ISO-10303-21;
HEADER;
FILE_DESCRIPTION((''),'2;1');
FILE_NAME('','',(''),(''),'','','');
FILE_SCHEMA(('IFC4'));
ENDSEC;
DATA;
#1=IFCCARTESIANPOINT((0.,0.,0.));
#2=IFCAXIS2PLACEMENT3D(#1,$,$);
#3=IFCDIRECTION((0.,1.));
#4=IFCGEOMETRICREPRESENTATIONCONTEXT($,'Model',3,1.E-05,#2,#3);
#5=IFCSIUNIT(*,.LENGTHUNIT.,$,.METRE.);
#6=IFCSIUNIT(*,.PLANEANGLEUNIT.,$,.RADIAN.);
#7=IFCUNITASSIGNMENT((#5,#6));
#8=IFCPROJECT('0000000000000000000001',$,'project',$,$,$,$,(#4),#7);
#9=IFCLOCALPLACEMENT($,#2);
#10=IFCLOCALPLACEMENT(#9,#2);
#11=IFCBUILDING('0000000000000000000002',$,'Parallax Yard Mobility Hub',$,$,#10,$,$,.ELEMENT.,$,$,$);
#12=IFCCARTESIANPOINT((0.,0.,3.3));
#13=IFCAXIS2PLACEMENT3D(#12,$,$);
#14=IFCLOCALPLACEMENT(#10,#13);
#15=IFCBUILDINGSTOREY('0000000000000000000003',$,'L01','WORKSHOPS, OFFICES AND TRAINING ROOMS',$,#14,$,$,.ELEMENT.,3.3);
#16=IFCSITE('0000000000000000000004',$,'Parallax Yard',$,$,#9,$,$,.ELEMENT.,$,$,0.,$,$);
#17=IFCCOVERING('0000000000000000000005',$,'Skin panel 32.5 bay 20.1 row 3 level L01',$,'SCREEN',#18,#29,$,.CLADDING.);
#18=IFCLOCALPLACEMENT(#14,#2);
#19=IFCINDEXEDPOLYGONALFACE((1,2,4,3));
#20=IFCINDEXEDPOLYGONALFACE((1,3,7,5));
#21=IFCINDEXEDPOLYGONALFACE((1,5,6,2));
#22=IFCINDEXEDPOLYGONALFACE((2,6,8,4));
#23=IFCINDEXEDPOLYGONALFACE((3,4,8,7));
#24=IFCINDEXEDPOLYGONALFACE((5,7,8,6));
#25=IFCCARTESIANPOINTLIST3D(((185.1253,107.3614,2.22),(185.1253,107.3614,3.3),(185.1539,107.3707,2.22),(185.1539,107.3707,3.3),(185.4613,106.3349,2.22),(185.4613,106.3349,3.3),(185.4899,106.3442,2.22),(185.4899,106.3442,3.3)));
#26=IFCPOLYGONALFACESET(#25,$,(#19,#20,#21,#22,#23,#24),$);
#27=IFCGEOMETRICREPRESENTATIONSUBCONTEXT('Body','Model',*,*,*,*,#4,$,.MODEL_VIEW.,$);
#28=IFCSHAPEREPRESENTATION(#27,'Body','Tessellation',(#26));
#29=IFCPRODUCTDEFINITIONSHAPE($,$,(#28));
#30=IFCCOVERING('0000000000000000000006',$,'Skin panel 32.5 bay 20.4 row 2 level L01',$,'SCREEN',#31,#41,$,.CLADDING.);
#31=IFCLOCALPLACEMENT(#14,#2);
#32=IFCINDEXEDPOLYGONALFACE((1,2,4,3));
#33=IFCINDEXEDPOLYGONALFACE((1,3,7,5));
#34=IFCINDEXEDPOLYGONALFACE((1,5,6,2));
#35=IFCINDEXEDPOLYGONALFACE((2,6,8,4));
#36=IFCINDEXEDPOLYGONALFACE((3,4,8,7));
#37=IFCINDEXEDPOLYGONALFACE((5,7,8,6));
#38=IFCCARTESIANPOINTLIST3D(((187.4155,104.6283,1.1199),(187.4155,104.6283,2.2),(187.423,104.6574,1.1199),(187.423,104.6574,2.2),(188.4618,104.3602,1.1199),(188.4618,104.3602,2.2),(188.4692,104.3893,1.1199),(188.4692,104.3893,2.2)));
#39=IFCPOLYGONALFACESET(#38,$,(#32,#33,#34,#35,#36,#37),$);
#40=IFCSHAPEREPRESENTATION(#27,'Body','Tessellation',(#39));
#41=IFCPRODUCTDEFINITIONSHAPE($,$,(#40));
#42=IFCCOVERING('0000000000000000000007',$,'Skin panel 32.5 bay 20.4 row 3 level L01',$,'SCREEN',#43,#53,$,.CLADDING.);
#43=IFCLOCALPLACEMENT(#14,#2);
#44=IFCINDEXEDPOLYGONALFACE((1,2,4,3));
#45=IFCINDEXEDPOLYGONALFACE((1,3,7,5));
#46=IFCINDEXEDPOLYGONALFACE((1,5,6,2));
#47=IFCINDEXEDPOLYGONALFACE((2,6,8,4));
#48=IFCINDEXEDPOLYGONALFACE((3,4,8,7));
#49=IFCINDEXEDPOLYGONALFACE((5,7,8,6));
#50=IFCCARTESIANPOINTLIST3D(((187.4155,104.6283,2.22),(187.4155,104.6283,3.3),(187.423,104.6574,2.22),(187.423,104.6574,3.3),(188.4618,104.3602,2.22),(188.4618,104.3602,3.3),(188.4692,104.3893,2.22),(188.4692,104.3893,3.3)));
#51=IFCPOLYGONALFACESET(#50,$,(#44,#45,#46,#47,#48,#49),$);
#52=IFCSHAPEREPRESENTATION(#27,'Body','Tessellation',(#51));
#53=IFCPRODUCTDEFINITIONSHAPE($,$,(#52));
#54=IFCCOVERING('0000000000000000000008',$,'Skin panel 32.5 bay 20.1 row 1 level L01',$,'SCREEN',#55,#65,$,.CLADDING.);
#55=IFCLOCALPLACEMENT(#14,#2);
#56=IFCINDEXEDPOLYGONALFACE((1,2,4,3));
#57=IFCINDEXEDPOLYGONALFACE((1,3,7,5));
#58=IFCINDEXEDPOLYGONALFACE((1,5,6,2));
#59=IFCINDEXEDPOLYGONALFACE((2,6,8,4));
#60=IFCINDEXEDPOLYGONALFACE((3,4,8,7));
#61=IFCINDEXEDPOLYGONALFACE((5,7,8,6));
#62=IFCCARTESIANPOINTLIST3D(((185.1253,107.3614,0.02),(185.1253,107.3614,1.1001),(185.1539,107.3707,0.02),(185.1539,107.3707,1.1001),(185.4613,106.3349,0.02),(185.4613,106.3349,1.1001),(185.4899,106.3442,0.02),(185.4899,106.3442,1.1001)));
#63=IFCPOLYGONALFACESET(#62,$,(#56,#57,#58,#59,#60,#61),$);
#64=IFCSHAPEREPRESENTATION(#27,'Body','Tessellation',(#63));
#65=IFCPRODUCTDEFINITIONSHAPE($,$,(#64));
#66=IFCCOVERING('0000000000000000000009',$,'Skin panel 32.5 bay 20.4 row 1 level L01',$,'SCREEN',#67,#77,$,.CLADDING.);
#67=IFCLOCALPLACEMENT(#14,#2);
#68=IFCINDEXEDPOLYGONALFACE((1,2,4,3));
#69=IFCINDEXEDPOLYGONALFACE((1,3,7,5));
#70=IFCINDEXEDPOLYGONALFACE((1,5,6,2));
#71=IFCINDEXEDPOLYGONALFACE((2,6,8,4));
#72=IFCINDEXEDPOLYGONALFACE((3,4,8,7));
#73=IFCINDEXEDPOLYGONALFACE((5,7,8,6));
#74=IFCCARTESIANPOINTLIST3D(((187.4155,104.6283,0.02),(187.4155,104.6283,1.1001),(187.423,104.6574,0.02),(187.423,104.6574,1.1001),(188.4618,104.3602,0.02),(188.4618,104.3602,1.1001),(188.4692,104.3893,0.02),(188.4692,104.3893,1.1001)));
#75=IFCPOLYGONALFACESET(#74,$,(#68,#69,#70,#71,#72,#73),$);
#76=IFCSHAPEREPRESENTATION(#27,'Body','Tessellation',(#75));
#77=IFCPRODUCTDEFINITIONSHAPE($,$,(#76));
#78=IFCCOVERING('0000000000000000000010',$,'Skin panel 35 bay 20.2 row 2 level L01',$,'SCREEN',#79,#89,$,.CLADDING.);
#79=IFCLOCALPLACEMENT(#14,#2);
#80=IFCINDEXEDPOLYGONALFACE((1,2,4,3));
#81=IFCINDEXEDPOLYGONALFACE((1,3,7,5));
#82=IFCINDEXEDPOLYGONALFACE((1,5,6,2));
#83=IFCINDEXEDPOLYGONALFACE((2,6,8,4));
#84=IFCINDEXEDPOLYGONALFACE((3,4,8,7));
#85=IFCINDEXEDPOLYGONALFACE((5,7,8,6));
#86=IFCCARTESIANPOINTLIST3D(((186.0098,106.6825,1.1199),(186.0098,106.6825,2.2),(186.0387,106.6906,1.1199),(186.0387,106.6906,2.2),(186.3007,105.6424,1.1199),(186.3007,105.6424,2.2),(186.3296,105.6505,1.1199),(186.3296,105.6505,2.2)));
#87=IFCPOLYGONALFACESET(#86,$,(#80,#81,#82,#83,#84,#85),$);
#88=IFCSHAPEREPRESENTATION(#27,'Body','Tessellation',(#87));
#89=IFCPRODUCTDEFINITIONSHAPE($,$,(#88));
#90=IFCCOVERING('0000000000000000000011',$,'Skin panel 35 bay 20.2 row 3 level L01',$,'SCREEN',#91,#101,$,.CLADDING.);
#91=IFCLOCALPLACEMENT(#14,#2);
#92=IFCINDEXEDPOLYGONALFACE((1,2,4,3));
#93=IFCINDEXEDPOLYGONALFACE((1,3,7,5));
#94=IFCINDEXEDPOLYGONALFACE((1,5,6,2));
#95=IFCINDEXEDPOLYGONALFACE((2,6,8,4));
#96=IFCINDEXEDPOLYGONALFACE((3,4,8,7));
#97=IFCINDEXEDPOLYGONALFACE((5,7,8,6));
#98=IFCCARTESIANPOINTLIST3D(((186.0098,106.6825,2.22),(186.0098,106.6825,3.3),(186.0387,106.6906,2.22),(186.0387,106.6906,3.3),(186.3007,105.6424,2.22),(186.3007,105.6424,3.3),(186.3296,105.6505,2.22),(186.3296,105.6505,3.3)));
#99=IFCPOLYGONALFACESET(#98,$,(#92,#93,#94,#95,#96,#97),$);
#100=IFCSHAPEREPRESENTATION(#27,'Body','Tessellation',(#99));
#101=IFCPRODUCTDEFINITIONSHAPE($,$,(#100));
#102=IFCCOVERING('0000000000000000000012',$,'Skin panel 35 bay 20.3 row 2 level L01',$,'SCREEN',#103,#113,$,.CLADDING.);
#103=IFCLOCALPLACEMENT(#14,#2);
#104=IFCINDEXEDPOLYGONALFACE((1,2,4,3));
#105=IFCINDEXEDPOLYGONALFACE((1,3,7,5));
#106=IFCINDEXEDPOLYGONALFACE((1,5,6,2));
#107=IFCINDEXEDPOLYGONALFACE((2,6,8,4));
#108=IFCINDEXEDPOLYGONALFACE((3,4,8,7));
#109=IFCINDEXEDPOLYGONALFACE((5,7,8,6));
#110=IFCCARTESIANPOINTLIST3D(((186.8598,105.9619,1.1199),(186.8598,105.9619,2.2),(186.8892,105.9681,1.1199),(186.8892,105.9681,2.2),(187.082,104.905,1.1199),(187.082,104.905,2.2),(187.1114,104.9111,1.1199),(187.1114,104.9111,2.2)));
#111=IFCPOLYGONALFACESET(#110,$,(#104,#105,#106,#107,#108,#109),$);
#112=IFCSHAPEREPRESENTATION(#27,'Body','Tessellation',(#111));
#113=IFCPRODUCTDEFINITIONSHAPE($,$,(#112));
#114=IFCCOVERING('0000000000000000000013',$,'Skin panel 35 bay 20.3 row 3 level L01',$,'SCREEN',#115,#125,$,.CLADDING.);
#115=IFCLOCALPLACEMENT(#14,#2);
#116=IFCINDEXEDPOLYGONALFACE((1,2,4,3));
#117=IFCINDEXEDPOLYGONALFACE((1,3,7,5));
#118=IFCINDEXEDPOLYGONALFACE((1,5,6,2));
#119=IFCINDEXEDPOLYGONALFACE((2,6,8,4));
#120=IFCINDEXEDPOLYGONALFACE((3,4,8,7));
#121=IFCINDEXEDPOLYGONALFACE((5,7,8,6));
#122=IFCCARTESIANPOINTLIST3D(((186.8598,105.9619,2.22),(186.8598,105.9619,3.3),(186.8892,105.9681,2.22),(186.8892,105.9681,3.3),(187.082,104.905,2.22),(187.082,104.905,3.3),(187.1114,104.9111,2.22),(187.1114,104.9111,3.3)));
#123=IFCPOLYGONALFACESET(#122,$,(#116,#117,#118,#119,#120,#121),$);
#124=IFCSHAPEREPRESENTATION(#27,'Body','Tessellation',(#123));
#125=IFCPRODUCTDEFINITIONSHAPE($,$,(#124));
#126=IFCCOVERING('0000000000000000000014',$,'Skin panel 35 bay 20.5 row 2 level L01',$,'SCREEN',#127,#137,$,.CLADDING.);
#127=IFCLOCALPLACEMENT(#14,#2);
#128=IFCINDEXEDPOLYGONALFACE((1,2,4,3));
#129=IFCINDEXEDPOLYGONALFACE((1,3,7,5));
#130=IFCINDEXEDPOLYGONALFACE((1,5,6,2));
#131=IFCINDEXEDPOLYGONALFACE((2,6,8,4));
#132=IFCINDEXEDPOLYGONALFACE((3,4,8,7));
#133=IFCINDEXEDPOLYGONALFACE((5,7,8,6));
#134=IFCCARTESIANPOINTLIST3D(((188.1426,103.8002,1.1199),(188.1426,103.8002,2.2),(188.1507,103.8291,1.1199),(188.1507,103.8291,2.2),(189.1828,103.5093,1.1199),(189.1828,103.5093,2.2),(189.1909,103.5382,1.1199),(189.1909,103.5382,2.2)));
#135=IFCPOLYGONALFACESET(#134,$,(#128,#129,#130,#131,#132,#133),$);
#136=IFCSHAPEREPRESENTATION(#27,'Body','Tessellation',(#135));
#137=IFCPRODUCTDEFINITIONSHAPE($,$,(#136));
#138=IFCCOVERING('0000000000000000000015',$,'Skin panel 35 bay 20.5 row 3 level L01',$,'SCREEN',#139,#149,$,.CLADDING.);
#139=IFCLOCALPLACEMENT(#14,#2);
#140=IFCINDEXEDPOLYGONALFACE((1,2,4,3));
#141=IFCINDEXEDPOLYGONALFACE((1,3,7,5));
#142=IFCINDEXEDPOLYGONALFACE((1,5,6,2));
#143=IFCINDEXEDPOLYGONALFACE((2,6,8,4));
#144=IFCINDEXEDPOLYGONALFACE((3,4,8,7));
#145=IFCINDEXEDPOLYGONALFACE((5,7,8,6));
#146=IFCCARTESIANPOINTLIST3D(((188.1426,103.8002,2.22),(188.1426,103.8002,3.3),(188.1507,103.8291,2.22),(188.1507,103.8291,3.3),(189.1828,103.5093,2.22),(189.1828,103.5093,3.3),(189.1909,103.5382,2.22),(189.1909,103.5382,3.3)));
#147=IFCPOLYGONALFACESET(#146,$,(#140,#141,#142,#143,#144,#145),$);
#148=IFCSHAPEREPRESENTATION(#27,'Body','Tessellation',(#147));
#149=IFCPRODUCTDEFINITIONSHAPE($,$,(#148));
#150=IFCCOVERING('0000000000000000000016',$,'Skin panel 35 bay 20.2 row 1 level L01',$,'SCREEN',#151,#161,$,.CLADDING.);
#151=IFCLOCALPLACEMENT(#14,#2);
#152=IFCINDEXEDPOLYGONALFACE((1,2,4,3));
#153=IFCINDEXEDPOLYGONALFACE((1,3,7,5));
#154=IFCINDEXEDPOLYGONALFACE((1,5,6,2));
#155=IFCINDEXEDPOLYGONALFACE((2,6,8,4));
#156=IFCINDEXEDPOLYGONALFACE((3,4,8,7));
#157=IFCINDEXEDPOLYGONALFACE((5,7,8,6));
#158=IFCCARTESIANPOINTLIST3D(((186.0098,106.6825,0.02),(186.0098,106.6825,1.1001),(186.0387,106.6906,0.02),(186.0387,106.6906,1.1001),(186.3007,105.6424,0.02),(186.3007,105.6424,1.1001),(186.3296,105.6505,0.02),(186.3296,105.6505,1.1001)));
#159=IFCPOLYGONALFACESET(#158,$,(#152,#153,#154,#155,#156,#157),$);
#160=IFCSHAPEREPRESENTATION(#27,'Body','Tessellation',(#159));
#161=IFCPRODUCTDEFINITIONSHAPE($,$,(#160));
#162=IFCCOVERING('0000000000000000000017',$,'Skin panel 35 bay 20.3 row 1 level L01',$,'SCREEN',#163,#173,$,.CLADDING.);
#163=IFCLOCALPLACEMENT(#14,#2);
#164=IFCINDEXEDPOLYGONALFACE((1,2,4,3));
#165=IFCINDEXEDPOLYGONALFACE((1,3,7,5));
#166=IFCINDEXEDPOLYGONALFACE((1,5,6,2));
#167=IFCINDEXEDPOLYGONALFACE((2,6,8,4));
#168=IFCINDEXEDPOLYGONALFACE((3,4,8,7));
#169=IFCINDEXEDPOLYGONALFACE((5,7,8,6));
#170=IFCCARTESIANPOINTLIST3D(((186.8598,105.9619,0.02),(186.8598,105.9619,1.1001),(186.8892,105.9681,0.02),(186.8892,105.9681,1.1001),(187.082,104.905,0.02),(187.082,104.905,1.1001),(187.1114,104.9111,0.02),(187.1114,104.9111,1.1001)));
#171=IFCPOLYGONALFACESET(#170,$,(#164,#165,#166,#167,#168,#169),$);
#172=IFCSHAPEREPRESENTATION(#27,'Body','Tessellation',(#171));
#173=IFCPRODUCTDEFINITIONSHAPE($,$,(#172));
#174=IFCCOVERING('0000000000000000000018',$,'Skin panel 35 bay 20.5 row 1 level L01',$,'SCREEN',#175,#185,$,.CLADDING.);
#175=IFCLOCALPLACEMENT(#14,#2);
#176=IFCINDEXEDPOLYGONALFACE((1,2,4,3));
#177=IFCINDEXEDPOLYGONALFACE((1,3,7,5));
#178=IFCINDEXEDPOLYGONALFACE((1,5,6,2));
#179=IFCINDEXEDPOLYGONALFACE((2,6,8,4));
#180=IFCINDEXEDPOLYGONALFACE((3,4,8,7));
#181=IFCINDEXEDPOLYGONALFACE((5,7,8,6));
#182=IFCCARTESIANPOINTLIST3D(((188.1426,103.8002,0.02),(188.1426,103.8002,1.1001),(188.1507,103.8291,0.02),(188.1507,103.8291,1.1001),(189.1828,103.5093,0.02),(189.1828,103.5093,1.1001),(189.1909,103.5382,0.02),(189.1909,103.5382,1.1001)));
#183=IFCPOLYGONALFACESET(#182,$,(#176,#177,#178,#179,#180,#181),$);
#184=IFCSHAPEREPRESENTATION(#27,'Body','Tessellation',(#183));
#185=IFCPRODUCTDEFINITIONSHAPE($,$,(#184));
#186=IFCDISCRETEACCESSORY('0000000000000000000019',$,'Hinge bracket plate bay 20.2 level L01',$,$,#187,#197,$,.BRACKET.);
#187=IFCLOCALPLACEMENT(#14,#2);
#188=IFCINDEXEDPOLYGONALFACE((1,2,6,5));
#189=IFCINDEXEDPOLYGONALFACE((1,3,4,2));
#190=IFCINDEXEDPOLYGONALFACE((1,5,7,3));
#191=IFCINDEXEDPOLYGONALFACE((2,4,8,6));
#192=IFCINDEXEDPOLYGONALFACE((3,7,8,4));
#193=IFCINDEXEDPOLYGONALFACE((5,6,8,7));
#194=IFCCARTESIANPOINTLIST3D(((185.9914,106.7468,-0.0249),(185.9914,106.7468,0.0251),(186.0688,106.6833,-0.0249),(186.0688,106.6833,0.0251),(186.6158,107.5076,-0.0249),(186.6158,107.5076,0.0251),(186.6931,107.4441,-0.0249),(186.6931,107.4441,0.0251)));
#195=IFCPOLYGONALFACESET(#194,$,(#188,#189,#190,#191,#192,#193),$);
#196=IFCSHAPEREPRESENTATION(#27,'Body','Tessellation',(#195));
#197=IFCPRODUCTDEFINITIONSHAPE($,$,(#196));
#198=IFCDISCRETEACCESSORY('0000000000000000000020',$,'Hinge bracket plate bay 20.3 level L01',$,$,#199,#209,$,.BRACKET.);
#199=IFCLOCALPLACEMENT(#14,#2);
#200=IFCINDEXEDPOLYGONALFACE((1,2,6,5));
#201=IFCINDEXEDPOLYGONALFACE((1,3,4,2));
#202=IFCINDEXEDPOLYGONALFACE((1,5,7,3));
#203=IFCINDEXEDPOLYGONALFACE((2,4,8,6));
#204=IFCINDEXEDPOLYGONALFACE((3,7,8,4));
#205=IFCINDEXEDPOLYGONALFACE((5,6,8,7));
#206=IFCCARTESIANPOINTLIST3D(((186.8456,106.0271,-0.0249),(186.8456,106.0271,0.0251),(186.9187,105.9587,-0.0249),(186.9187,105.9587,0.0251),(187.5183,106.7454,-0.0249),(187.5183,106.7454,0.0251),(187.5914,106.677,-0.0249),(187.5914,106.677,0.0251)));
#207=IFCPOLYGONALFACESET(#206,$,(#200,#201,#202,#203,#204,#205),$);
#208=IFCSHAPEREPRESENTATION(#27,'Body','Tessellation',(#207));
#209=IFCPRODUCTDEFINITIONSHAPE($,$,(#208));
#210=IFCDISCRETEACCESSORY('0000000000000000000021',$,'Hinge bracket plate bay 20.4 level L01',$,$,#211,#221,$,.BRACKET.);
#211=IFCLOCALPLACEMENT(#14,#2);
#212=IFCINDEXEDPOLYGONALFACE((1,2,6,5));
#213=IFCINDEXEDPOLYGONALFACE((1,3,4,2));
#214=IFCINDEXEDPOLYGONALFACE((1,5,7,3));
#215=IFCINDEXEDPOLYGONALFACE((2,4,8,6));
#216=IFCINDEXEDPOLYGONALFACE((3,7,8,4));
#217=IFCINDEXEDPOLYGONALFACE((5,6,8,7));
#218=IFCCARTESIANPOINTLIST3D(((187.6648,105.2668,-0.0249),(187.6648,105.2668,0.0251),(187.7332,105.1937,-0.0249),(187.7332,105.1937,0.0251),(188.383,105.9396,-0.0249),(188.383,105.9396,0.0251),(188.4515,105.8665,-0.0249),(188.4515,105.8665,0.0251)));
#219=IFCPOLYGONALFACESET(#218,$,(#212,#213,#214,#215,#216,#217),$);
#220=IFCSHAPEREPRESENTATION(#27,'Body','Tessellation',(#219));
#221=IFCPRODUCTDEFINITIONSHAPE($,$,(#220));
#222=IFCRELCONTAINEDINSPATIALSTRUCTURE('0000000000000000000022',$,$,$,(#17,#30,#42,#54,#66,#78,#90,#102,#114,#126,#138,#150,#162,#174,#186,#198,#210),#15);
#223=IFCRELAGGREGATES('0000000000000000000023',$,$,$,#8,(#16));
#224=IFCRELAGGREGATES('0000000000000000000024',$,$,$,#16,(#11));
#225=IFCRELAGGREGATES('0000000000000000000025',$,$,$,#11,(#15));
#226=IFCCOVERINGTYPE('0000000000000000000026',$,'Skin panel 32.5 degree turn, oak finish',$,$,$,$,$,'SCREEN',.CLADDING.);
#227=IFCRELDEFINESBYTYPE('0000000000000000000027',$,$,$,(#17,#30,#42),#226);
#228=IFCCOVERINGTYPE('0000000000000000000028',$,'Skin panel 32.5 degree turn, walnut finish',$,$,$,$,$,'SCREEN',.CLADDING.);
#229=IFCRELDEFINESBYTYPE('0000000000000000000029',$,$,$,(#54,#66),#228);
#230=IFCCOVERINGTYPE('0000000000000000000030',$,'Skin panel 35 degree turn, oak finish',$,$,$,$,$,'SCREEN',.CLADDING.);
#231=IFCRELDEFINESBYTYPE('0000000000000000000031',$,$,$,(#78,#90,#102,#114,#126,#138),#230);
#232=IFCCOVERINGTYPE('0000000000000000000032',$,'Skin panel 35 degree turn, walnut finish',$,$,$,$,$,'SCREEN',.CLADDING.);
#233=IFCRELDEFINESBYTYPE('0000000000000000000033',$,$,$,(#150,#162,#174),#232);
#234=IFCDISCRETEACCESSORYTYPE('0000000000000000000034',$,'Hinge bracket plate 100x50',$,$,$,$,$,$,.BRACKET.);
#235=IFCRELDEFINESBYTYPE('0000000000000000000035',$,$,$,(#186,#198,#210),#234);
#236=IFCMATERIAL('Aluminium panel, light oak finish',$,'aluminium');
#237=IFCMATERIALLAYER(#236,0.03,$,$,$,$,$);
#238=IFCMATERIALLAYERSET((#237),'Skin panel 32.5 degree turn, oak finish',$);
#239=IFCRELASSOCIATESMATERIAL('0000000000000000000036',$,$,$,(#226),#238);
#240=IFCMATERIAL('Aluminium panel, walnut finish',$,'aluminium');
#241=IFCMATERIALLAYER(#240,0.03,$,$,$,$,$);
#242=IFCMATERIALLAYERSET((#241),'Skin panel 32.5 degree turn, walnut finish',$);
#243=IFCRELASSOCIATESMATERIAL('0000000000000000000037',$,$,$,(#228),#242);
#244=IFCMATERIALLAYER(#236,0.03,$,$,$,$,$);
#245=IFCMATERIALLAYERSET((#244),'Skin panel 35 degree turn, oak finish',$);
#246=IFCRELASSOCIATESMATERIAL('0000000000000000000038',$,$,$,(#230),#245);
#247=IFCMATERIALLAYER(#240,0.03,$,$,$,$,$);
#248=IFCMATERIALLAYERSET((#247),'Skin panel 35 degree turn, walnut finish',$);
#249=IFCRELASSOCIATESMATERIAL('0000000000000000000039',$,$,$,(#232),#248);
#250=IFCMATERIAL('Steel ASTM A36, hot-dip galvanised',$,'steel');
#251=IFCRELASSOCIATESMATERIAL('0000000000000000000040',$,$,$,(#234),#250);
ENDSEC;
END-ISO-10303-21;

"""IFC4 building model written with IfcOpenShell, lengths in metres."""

from ifc_helpers import new_model, si_unit, direction, frame, origin, origin_2d, place, context, subcontext, project, spatial, rectangle, extrude, material, layer, layer_set, type_object, element, save


model = new_model("IFC4")

# Units and contexts
model_context = context("Model", 3, precision=1e-05, world=origin(), true_north=direction((0.0, 1.0)))
body_context = subcontext(model_context, "Body", "Model", "MODEL_VIEW")
ifc_project = project(units=[si_unit("LENGTHUNIT", "METRE"), si_unit("PLANEANGLEUNIT", "RADIAN")], contexts=[model_context])

# Site, building, storey
site_placement = place(None, origin())
site = spatial("IfcSite", under=ifc_project, at=site_placement, Name="Parallax Yard", CompositionType="ELEMENT", RefElevation=0.0)
building_placement = place(site_placement, origin())
building = spatial("IfcBuilding", under=site, at=building_placement, Name="Parallax Yard Mobility Hub", CompositionType="ELEMENT")
storey_placement = place(building_placement, frame((0.0, 0.0, 3.3)))
storey = spatial("IfcBuildingStorey", under=building, at=storey_placement, Name="L01", Description="WORKSHOPS, OFFICES AND TRAINING ROOMS", CompositionType="ELEMENT", Elevation=3.3)

# Coverings
ifc_material_1 = material(Name="Aluminium panel, light oak finish", Category="aluminium")
ifc_layer_1 = layer(ifc_material_1, 0.03)
ifc_layer_set_1 = layer_set([ifc_layer_1], Name="Skin panel 32.5 degree turn, oak finish")
covering_type_1 = type_object("IfcCoveringType", Name="Skin panel 32.5 degree turn, oak finish", ElementType="SCREEN", PredefinedType="CLADDING", material=ifc_layer_set_1)
for number, where, z_axis, x_axis, name in (
    (1, (185.3076, 106.8528, 2.22), (0.0, 0.0, 1.0), (0.311091, -0.95038, 0.0), "Skin panel 32.5 bay 20.1 row 3 level L01"),
    (2, (187.9424, 104.5088, 1.1199), (0.0, 0.0, 1.0), (-0.968692, 0.248267, 0.0), "Skin panel 32.5 bay 20.4 row 2 level L01"),
    (3, (187.9424, 104.5088, 2.22), (0.0, 0.0, 1.0), (-0.968692, 0.248267, 0.0), "Skin panel 32.5 bay 20.4 row 3 level L01"),
):
    element("IfcCovering", number, at=place(storey_placement, frame(where, z_axis=z_axis, x_axis=x_axis)), inside=storey, type_object=covering_type_1, Name=name, ObjectType="SCREEN", PredefinedType="CLADDING", context=body_context, shape_type="SweptSolid", body=[
        extrude(rectangle(XDim=1.0801, YDim=0.03, at=origin_2d()), origin(), (0.0, 0.0, 1.0), 1.0801),
    ])
ifc_material_2 = material(Name="Aluminium panel, walnut finish", Category="aluminium")
ifc_layer_2 = layer(ifc_material_2, 0.03)
ifc_layer_set_2 = layer_set([ifc_layer_2], Name="Skin panel 32.5 degree turn, walnut finish")
covering_type_2 = type_object("IfcCoveringType", Name="Skin panel 32.5 degree turn, walnut finish", ElementType="SCREEN", PredefinedType="CLADDING", material=ifc_layer_set_2)
for number, where, z_axis, x_axis, name in (
    (4, (185.3076, 106.8528, 0.02), (0.0, 0.0, 1.0), (0.311091, -0.95038, 0.0), "Skin panel 32.5 bay 20.1 row 1 level L01"),
    (5, (187.9424, 104.5088, 0.02), (0.0, 0.0, 1.0), (-0.968692, 0.248267, 0.0), "Skin panel 32.5 bay 20.4 row 1 level L01"),
):
    element("IfcCovering", number, at=place(storey_placement, frame(where, z_axis=z_axis, x_axis=x_axis)), inside=storey, type_object=covering_type_2, Name=name, ObjectType="SCREEN", PredefinedType="CLADDING", context=body_context, shape_type="SweptSolid", body=[
        extrude(rectangle(XDim=1.0801, YDim=0.03, at=origin_2d()), origin(), (0.0, 0.0, 1.0), 1.0801),
    ])
ifc_layer_3 = layer(ifc_material_1, 0.03)
ifc_layer_set_3 = layer_set([ifc_layer_3], Name="Skin panel 35 degree turn, oak finish")
covering_type_3 = type_object("IfcCoveringType", Name="Skin panel 35 degree turn, oak finish", ElementType="SCREEN", PredefinedType="CLADDING", material=ifc_layer_set_3)
for number, where, z_axis, x_axis, name in (
    (6, (186.1697, 106.1665, 1.1199), (0.0, 0.0, 1.0), (0.26934, -0.963045, 0.0), "Skin panel 35 bay 20.2 row 2 level L01"),
    (7, (186.1697, 106.1665, 2.22), (0.0, 0.0, 1.0), (0.26934, -0.963045, 0.0), "Skin panel 35 bay 20.2 row 3 level L01"),
    (8, (186.9856, 105.4365, 1.1199), (0.0, 0.0, 1.0), (0.205777, -0.978599, 0.0), "Skin panel 35 bay 20.3 row 2 level L01"),
    (9, (186.9856, 105.4365, 2.22), (0.0, 0.0, 1.0), (0.205777, -0.978599, 0.0), "Skin panel 35 bay 20.3 row 3 level L01"),
    (10, (188.6667, 103.6692, 1.1199), (0.0, 0.0, 1.0), (-0.963045, 0.26934, 0.0), "Skin panel 35 bay 20.5 row 2 level L01"),
    (11, (188.6667, 103.6692, 2.22), (0.0, 0.0, 1.0), (-0.963045, 0.26934, 0.0), "Skin panel 35 bay 20.5 row 3 level L01"),
):
    element("IfcCovering", number, at=place(storey_placement, frame(where, z_axis=z_axis, x_axis=x_axis)), inside=storey, type_object=covering_type_3, Name=name, ObjectType="SCREEN", PredefinedType="CLADDING", context=body_context, shape_type="SweptSolid", body=[
        extrude(rectangle(XDim=1.0801, YDim=0.03, at=origin_2d()), origin(), (0.0, 0.0, 1.0), 1.0801),
    ])
ifc_layer_4 = layer(ifc_material_2, 0.03)
ifc_layer_set_4 = layer_set([ifc_layer_4], Name="Skin panel 35 degree turn, walnut finish")
covering_type_4 = type_object("IfcCoveringType", Name="Skin panel 35 degree turn, walnut finish", ElementType="SCREEN", PredefinedType="CLADDING", material=ifc_layer_set_4)
for number, where, z_axis, x_axis, name in (
    (12, (186.1697, 106.1665, 0.02), (0.0, 0.0, 1.0), (0.26934, -0.963045, 0.0), "Skin panel 35 bay 20.2 row 1 level L01"),
    (13, (186.9856, 105.4365, 0.02), (0.0, 0.0, 1.0), (0.205777, -0.978599, 0.0), "Skin panel 35 bay 20.3 row 1 level L01"),
    (14, (188.6667, 103.6692, 0.02), (0.0, 0.0, 1.0), (-0.963045, 0.26934, 0.0), "Skin panel 35 bay 20.5 row 1 level L01"),
):
    element("IfcCovering", number, at=place(storey_placement, frame(where, z_axis=z_axis, x_axis=x_axis)), inside=storey, type_object=covering_type_4, Name=name, ObjectType="SCREEN", PredefinedType="CLADDING", context=body_context, shape_type="SweptSolid", body=[
        extrude(rectangle(XDim=1.0801, YDim=0.03, at=origin_2d()), origin(), (0.0, 0.0, 1.0), 1.0801),
    ])

# Discrete accessories
ifc_material_3 = material(Name="Steel ASTM A36, hot-dip galvanised", Category="steel")
discrete_accessory_type_1 = type_object("IfcDiscreteAccessoryType", Name="Hinge bracket plate 100x50", PredefinedType="BRACKET", material=ifc_material_3)
for number, where, z_axis, x_axis, name in (
    (15, (186.3423, 107.0955, -0.0249), (0.0, 0.0, 1.0), (-0.634393, -0.77301, 0.0), "Hinge bracket plate bay 20.2 level L01"),
    (16, (187.2185, 106.3521, -0.0249), (0.0, 0.0, 1.0), (-0.683592, -0.729864, 0.0), "Hinge bracket plate bay 20.3 level L01"),
    (17, (188.0581, 105.5667, -0.0249), (0.0, 0.0, 1.0), (-0.729864, -0.683592, 0.0), "Hinge bracket plate bay 20.4 level L01"),
):
    element("IfcDiscreteAccessory", number, at=place(storey_placement, frame(where, z_axis=z_axis, x_axis=x_axis)), inside=storey, type_object=discrete_accessory_type_1, Name=name, PredefinedType="BRACKET", context=body_context, shape_type="SweptSolid", body=[
        extrude(rectangle(XDim=0.9841, YDim=0.1001, at=origin_2d()), origin(), (0.0, 0.0, 1.0), 0.05),
    ])

save(model, "model.ifc")
